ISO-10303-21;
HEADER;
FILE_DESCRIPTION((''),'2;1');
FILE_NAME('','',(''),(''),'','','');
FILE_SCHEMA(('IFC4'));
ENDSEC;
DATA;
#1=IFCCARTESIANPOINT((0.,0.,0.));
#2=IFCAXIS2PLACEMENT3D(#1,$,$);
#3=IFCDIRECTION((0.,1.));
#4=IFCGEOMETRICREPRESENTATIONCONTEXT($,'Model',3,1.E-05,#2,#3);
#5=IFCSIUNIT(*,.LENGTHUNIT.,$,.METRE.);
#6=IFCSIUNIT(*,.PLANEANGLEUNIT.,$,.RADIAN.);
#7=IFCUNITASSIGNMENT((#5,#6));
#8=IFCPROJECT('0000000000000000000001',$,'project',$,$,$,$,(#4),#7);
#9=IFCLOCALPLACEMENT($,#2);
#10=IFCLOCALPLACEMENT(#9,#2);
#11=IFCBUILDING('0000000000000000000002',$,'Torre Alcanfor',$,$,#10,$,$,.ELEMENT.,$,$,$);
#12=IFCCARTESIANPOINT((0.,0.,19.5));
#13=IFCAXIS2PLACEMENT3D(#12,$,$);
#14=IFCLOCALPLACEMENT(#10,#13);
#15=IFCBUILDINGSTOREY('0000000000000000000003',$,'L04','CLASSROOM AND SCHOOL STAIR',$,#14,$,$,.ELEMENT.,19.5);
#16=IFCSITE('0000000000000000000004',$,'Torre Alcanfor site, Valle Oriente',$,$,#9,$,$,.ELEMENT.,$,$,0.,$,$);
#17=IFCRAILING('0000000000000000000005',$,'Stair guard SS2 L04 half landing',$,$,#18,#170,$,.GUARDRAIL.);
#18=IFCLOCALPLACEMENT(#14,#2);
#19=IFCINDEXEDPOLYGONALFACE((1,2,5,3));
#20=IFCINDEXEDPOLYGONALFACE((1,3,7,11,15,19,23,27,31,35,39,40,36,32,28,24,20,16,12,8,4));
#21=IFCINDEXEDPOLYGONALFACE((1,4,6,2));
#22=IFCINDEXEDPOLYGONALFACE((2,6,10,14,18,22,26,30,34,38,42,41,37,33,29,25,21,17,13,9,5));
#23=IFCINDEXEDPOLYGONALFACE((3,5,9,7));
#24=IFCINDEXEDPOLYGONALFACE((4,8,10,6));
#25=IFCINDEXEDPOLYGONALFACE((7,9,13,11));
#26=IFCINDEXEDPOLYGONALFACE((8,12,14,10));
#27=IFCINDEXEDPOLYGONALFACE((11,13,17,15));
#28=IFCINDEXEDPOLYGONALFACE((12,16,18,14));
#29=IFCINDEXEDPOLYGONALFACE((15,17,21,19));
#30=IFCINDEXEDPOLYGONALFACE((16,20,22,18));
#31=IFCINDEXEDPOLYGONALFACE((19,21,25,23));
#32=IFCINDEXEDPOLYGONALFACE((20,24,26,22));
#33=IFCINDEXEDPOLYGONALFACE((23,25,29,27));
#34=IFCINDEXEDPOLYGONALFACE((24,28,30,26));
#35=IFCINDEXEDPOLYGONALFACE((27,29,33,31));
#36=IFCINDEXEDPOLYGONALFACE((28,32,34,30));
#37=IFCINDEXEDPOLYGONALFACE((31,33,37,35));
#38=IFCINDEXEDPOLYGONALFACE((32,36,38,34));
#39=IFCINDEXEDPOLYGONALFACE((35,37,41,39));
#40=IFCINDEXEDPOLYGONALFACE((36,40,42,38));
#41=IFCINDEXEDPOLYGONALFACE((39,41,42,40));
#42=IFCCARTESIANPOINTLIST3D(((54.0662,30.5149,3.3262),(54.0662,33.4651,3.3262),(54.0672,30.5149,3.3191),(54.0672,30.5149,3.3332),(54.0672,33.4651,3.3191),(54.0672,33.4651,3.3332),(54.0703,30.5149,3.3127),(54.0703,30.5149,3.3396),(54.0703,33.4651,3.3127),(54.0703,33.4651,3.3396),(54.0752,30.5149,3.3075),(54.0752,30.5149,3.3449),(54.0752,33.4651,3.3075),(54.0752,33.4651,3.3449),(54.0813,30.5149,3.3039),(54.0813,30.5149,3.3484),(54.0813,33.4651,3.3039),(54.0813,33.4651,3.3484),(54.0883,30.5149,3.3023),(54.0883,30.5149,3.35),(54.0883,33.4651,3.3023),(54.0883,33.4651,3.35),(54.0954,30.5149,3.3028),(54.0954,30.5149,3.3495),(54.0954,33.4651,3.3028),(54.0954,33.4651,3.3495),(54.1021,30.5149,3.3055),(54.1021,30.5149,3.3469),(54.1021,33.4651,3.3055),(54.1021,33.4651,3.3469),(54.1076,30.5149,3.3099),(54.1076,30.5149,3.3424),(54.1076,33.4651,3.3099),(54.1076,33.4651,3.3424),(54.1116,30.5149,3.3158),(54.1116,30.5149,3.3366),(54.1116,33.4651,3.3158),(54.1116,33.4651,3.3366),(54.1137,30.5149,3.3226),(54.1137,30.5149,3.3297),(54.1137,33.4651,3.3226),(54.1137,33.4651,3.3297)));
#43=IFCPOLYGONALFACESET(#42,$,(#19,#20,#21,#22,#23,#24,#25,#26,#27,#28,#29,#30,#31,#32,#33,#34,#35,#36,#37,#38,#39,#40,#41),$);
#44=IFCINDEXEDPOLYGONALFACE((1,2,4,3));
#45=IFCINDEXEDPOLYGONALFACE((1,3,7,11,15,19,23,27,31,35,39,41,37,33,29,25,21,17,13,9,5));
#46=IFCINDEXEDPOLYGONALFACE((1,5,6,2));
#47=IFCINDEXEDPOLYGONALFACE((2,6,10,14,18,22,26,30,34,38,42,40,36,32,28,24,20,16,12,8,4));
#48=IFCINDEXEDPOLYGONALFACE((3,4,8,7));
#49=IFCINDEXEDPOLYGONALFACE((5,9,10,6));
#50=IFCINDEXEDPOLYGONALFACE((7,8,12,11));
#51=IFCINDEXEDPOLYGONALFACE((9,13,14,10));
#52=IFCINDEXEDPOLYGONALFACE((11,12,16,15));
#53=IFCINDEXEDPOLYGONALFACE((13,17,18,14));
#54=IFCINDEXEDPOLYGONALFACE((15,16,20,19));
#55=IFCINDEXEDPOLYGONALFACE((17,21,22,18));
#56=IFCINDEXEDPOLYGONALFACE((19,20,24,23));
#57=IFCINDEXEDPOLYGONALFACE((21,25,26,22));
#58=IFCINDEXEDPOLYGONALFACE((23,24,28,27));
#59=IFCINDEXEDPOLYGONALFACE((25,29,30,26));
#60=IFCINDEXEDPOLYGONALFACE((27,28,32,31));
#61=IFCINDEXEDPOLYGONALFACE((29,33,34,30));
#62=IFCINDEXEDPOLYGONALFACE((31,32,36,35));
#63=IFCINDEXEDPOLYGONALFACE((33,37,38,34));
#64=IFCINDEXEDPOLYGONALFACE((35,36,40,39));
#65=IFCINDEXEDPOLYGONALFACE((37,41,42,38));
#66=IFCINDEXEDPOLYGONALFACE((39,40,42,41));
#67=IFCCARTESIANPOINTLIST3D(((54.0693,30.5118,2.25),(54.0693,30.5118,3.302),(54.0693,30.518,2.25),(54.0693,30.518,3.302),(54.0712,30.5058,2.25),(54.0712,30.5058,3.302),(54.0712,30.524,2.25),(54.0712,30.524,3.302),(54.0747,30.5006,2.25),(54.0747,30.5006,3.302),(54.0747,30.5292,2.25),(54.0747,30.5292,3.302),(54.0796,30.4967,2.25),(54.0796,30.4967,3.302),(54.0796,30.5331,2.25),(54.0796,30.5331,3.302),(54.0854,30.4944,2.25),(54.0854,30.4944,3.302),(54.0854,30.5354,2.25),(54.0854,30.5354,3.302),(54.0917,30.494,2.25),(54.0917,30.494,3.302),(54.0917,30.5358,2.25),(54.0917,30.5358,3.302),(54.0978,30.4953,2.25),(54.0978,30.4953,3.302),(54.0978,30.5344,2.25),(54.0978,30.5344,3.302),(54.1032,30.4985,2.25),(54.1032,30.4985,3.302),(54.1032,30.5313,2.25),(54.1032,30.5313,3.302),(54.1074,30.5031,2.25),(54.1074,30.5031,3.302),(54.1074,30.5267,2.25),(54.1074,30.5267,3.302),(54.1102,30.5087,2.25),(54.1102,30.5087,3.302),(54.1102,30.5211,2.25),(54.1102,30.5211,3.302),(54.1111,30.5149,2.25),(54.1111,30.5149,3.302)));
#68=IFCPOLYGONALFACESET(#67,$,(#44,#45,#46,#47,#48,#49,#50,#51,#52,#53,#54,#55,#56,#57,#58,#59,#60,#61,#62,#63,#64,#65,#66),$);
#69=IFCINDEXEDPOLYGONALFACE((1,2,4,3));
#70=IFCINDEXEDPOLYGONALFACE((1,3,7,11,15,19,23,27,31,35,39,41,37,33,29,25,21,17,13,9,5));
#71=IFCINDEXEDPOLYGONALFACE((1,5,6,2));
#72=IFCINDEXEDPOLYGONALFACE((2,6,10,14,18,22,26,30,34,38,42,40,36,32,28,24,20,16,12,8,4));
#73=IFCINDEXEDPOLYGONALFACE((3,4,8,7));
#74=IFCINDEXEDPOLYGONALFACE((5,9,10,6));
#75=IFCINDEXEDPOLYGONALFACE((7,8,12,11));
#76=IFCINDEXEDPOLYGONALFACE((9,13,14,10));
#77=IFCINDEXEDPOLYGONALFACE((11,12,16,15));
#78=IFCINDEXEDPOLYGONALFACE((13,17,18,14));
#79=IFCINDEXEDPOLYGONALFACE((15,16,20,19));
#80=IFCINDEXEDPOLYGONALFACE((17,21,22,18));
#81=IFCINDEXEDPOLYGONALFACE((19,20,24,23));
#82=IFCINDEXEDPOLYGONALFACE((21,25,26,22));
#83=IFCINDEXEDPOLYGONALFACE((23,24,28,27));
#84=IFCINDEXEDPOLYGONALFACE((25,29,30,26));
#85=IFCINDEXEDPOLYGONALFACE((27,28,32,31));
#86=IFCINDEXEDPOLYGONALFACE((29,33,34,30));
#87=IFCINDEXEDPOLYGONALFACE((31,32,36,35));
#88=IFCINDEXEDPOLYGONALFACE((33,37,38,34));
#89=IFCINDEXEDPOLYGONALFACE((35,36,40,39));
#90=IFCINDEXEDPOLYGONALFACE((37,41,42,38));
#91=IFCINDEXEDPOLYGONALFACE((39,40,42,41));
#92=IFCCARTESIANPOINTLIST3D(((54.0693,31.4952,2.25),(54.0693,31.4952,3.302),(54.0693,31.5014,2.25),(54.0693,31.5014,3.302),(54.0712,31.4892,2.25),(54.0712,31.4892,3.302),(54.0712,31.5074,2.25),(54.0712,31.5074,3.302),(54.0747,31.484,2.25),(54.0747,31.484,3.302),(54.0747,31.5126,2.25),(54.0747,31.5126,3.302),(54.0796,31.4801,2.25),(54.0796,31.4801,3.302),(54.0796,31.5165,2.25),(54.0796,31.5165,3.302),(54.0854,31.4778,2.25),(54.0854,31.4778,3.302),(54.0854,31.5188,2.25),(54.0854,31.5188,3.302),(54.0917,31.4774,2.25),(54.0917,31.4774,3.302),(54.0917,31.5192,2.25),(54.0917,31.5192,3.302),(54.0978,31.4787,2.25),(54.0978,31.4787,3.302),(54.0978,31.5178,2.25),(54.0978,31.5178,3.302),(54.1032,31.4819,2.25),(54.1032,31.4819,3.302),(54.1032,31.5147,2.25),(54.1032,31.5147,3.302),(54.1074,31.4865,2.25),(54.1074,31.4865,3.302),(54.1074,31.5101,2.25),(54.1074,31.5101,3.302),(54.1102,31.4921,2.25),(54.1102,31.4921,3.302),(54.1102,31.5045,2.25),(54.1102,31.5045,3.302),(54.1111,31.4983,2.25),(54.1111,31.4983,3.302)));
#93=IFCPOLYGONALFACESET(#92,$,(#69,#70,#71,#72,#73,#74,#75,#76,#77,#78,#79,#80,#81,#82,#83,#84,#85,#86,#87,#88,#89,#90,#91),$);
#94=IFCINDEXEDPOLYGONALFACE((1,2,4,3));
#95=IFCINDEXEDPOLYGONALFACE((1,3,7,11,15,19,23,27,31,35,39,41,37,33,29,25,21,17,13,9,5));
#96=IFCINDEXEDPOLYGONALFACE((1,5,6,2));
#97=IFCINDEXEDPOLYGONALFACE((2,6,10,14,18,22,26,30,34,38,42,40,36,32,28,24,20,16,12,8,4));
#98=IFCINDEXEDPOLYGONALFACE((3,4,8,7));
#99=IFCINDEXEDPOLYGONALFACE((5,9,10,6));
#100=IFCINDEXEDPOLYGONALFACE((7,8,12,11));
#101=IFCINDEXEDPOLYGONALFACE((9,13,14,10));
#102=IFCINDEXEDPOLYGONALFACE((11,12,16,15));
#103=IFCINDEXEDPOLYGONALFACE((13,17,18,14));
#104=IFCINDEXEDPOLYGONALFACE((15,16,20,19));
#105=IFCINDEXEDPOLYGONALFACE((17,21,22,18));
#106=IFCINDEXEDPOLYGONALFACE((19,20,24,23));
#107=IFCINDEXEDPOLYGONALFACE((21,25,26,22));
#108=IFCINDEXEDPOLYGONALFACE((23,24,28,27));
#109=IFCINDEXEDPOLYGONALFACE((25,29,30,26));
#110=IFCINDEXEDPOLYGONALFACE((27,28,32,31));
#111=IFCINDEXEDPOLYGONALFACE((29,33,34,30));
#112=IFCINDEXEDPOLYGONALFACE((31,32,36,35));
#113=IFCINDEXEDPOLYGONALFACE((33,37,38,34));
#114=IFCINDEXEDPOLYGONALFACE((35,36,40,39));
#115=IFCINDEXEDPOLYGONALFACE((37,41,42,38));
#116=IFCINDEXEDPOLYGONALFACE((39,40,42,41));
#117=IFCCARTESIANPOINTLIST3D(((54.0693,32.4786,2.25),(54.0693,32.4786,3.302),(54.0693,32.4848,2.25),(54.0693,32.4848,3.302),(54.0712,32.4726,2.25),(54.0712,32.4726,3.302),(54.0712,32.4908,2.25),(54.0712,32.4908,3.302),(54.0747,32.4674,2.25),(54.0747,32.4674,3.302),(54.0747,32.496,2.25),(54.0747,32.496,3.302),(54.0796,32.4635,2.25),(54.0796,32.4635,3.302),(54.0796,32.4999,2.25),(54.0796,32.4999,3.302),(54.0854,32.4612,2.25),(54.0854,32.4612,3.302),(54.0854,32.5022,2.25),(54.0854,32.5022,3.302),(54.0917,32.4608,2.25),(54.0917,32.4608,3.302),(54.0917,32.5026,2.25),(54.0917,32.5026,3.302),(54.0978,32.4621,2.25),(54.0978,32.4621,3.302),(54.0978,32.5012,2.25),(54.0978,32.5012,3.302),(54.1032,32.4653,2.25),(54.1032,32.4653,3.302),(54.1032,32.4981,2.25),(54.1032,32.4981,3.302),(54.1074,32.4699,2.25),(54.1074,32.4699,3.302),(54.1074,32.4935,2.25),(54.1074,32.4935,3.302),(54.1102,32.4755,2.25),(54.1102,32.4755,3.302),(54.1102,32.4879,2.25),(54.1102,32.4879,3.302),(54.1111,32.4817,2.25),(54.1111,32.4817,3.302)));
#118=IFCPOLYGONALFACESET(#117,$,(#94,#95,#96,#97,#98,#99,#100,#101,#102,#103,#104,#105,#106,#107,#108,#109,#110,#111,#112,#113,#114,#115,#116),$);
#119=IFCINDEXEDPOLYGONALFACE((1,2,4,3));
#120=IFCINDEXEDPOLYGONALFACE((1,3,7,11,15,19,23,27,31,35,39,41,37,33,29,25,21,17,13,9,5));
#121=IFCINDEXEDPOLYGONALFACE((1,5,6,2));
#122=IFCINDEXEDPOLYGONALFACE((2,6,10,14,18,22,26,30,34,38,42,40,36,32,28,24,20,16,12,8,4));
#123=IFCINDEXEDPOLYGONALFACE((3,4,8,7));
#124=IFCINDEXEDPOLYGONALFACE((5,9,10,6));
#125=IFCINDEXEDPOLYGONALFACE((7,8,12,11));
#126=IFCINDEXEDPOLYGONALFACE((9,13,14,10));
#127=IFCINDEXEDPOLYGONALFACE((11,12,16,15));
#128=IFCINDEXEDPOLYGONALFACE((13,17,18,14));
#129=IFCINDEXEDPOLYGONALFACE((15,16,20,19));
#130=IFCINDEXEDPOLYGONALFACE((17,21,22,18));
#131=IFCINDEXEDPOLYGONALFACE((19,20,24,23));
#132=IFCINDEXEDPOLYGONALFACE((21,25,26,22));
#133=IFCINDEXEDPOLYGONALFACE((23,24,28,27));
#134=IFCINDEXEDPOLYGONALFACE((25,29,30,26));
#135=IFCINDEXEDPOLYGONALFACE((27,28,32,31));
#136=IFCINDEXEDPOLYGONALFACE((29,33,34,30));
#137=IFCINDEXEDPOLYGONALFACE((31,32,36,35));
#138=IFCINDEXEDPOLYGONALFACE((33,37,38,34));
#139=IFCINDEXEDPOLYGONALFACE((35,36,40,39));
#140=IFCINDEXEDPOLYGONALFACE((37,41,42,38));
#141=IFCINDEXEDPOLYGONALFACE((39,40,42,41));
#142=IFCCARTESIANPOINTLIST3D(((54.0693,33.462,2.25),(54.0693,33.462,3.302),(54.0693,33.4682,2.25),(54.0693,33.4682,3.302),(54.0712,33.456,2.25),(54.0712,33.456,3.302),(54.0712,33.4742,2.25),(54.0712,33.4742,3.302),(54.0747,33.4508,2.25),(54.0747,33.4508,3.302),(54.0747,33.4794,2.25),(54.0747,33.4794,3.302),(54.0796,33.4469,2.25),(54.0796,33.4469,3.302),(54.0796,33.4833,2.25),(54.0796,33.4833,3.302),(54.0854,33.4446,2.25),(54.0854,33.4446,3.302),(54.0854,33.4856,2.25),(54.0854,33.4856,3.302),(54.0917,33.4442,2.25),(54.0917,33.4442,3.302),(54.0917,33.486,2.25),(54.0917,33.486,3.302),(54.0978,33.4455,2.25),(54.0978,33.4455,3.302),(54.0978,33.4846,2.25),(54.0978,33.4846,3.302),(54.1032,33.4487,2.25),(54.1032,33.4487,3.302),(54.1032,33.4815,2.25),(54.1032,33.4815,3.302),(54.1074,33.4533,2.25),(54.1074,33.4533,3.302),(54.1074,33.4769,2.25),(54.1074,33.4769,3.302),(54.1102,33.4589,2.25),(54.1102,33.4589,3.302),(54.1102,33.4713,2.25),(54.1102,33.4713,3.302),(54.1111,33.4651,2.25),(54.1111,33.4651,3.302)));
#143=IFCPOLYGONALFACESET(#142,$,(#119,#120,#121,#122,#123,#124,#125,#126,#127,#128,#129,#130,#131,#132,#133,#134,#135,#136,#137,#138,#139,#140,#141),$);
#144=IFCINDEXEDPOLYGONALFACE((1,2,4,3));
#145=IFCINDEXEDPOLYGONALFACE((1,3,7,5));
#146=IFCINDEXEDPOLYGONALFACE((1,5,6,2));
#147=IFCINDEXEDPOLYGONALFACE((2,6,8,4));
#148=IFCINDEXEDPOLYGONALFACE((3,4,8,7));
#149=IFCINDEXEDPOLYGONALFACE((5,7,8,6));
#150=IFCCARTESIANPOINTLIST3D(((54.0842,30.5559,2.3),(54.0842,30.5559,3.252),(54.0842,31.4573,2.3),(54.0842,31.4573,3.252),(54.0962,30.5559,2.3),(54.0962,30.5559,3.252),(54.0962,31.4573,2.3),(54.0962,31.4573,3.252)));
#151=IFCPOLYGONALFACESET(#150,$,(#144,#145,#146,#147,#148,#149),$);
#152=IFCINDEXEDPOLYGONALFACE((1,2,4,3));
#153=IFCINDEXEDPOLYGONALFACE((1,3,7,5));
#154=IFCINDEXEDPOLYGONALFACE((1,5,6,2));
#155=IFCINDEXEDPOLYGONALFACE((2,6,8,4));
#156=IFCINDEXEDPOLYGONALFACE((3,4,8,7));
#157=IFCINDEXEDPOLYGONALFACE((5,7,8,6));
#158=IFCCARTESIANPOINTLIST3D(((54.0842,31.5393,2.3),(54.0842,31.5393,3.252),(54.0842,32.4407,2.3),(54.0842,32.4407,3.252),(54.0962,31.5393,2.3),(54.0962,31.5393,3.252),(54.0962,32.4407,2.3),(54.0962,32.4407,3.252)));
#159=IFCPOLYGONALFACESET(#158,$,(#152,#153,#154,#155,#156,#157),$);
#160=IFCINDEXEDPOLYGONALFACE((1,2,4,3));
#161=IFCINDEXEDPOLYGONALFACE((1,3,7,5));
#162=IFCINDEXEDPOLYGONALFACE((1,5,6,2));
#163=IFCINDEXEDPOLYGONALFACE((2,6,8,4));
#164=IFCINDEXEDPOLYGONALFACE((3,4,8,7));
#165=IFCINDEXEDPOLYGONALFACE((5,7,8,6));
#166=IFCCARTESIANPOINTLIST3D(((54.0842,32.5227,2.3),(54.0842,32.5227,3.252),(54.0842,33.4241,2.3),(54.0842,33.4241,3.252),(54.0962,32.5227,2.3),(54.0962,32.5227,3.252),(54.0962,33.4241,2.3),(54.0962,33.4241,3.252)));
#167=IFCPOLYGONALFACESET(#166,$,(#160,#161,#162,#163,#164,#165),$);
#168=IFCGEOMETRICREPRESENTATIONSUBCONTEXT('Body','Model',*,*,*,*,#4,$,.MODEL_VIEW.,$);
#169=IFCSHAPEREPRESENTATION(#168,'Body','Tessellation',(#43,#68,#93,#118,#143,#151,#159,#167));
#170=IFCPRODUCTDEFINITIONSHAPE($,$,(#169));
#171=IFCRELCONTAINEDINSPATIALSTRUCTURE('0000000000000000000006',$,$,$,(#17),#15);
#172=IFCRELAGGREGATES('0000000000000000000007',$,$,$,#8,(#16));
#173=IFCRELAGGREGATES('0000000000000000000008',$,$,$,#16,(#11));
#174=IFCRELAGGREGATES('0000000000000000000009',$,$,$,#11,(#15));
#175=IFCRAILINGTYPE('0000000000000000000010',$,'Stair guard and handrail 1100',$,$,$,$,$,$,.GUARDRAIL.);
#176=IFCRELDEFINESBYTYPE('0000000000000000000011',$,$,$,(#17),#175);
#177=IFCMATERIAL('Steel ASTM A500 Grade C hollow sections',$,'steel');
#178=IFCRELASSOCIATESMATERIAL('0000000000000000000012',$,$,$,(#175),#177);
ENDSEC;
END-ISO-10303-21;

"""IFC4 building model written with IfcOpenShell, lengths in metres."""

from ifc_helpers import new_model, si_unit, direction, frame, origin, origin_2d, place, context, subcontext, project, spatial, polyline, circle, outline, extrude, material, type_object, element, save


model = new_model("IFC4")

# Units and contexts
model_context = context("Model", 3, precision=1e-05, world=origin(), true_north=direction((0.0, 1.0)))
body_context = subcontext(model_context, "Body", "Model", "MODEL_VIEW")
ifc_project = project(units=[si_unit("LENGTHUNIT", "METRE"), si_unit("PLANEANGLEUNIT", "RADIAN")], contexts=[model_context])

# Site, building, storey
site_placement = place(None, origin())
site = spatial("IfcSite", under=ifc_project, at=site_placement, Name="Torre Alcanfor site, Valle Oriente", CompositionType="ELEMENT", RefElevation=0.0)
building_placement = place(site_placement, origin())
building = spatial("IfcBuilding", under=site, at=building_placement, Name="Torre Alcanfor", CompositionType="ELEMENT")
storey_placement = place(building_placement, frame((0.0, 0.0, 19.5)))
storey = spatial("IfcBuildingStorey", under=building, at=storey_placement, Name="L04", Description="CLASSROOM AND SCHOOL STAIR", CompositionType="ELEMENT", Elevation=19.5)

# Railing
ifc_material_1 = material(Name="Steel ASTM A500 Grade C hollow sections", Category="steel")
railing_type_1 = type_object("IfcRailingType", Name="Stair guard and handrail 1100", PredefinedType="GUARDRAIL", material=ifc_material_1)
railing_1_placement = place(storey_placement, frame((54.0901, 30.5149, 2.25)))
element("IfcRailing", 1, at=railing_1_placement, inside=storey, type_object=railing_type_1, Name="Stair guard SS2 L04 half landing", PredefinedType="GUARDRAIL", context=body_context, shape_type="SweptSolid", body=[
    extrude(circle(Radius=0.0239, at=origin_2d()), frame((0.0, 0.0, 1.0762), z_axis=(0.0, 1.0, 0.0), x_axis=(-1.0, 0.0, 0.0)), (0.0, 0.0, 1.0), 2.9502),
    extrude(circle(Radius=0.021, at=origin_2d()), origin(), (0.0, 0.0, 1.0), 1.052),
    extrude(circle(Radius=0.021, at=origin_2d()), frame((0.0, 0.9834, 0.0)), (0.0, 0.0, 1.0), 1.052),
    extrude(circle(Radius=0.021, at=origin_2d()), frame((0.0, 1.9668, 0.0)), (0.0, 0.0, 1.0), 1.052),
    extrude(circle(Radius=0.021, at=origin_2d()), frame((0.0, 2.9502, 0.0)), (0.0, 0.0, 1.0), 1.052),
    extrude(outline(polyline([(0.041, 0.05), (0.9424, 0.05), (0.9424, 1.002), (0.041, 1.002), (0.041, 0.05)])), frame((-0.0059, 0.0, 0.0), z_axis=(1.0, 0.0, 0.0), x_axis=(0.0, 1.0, 0.0)), (0.0, 0.0, 1.0), 0.012),
    extrude(outline(polyline([(1.0244, 0.05), (1.9258, 0.05), (1.9258, 1.002), (1.0244, 1.002), (1.0244, 0.05)])), frame((-0.0059, 0.0, 0.0), z_axis=(1.0, 0.0, 0.0), x_axis=(0.0, 1.0, 0.0)), (0.0, 0.0, 1.0), 0.012),
    extrude(outline(polyline([(2.0078, 0.05), (2.9092, 0.05), (2.9092, 1.002), (2.0078, 1.002), (2.0078, 0.05)])), frame((-0.0059, 0.0, 0.0), z_axis=(1.0, 0.0, 0.0), x_axis=(0.0, 1.0, 0.0)), (0.0, 0.0, 1.0), 0.012),
])

save(model, "model.ifc")
